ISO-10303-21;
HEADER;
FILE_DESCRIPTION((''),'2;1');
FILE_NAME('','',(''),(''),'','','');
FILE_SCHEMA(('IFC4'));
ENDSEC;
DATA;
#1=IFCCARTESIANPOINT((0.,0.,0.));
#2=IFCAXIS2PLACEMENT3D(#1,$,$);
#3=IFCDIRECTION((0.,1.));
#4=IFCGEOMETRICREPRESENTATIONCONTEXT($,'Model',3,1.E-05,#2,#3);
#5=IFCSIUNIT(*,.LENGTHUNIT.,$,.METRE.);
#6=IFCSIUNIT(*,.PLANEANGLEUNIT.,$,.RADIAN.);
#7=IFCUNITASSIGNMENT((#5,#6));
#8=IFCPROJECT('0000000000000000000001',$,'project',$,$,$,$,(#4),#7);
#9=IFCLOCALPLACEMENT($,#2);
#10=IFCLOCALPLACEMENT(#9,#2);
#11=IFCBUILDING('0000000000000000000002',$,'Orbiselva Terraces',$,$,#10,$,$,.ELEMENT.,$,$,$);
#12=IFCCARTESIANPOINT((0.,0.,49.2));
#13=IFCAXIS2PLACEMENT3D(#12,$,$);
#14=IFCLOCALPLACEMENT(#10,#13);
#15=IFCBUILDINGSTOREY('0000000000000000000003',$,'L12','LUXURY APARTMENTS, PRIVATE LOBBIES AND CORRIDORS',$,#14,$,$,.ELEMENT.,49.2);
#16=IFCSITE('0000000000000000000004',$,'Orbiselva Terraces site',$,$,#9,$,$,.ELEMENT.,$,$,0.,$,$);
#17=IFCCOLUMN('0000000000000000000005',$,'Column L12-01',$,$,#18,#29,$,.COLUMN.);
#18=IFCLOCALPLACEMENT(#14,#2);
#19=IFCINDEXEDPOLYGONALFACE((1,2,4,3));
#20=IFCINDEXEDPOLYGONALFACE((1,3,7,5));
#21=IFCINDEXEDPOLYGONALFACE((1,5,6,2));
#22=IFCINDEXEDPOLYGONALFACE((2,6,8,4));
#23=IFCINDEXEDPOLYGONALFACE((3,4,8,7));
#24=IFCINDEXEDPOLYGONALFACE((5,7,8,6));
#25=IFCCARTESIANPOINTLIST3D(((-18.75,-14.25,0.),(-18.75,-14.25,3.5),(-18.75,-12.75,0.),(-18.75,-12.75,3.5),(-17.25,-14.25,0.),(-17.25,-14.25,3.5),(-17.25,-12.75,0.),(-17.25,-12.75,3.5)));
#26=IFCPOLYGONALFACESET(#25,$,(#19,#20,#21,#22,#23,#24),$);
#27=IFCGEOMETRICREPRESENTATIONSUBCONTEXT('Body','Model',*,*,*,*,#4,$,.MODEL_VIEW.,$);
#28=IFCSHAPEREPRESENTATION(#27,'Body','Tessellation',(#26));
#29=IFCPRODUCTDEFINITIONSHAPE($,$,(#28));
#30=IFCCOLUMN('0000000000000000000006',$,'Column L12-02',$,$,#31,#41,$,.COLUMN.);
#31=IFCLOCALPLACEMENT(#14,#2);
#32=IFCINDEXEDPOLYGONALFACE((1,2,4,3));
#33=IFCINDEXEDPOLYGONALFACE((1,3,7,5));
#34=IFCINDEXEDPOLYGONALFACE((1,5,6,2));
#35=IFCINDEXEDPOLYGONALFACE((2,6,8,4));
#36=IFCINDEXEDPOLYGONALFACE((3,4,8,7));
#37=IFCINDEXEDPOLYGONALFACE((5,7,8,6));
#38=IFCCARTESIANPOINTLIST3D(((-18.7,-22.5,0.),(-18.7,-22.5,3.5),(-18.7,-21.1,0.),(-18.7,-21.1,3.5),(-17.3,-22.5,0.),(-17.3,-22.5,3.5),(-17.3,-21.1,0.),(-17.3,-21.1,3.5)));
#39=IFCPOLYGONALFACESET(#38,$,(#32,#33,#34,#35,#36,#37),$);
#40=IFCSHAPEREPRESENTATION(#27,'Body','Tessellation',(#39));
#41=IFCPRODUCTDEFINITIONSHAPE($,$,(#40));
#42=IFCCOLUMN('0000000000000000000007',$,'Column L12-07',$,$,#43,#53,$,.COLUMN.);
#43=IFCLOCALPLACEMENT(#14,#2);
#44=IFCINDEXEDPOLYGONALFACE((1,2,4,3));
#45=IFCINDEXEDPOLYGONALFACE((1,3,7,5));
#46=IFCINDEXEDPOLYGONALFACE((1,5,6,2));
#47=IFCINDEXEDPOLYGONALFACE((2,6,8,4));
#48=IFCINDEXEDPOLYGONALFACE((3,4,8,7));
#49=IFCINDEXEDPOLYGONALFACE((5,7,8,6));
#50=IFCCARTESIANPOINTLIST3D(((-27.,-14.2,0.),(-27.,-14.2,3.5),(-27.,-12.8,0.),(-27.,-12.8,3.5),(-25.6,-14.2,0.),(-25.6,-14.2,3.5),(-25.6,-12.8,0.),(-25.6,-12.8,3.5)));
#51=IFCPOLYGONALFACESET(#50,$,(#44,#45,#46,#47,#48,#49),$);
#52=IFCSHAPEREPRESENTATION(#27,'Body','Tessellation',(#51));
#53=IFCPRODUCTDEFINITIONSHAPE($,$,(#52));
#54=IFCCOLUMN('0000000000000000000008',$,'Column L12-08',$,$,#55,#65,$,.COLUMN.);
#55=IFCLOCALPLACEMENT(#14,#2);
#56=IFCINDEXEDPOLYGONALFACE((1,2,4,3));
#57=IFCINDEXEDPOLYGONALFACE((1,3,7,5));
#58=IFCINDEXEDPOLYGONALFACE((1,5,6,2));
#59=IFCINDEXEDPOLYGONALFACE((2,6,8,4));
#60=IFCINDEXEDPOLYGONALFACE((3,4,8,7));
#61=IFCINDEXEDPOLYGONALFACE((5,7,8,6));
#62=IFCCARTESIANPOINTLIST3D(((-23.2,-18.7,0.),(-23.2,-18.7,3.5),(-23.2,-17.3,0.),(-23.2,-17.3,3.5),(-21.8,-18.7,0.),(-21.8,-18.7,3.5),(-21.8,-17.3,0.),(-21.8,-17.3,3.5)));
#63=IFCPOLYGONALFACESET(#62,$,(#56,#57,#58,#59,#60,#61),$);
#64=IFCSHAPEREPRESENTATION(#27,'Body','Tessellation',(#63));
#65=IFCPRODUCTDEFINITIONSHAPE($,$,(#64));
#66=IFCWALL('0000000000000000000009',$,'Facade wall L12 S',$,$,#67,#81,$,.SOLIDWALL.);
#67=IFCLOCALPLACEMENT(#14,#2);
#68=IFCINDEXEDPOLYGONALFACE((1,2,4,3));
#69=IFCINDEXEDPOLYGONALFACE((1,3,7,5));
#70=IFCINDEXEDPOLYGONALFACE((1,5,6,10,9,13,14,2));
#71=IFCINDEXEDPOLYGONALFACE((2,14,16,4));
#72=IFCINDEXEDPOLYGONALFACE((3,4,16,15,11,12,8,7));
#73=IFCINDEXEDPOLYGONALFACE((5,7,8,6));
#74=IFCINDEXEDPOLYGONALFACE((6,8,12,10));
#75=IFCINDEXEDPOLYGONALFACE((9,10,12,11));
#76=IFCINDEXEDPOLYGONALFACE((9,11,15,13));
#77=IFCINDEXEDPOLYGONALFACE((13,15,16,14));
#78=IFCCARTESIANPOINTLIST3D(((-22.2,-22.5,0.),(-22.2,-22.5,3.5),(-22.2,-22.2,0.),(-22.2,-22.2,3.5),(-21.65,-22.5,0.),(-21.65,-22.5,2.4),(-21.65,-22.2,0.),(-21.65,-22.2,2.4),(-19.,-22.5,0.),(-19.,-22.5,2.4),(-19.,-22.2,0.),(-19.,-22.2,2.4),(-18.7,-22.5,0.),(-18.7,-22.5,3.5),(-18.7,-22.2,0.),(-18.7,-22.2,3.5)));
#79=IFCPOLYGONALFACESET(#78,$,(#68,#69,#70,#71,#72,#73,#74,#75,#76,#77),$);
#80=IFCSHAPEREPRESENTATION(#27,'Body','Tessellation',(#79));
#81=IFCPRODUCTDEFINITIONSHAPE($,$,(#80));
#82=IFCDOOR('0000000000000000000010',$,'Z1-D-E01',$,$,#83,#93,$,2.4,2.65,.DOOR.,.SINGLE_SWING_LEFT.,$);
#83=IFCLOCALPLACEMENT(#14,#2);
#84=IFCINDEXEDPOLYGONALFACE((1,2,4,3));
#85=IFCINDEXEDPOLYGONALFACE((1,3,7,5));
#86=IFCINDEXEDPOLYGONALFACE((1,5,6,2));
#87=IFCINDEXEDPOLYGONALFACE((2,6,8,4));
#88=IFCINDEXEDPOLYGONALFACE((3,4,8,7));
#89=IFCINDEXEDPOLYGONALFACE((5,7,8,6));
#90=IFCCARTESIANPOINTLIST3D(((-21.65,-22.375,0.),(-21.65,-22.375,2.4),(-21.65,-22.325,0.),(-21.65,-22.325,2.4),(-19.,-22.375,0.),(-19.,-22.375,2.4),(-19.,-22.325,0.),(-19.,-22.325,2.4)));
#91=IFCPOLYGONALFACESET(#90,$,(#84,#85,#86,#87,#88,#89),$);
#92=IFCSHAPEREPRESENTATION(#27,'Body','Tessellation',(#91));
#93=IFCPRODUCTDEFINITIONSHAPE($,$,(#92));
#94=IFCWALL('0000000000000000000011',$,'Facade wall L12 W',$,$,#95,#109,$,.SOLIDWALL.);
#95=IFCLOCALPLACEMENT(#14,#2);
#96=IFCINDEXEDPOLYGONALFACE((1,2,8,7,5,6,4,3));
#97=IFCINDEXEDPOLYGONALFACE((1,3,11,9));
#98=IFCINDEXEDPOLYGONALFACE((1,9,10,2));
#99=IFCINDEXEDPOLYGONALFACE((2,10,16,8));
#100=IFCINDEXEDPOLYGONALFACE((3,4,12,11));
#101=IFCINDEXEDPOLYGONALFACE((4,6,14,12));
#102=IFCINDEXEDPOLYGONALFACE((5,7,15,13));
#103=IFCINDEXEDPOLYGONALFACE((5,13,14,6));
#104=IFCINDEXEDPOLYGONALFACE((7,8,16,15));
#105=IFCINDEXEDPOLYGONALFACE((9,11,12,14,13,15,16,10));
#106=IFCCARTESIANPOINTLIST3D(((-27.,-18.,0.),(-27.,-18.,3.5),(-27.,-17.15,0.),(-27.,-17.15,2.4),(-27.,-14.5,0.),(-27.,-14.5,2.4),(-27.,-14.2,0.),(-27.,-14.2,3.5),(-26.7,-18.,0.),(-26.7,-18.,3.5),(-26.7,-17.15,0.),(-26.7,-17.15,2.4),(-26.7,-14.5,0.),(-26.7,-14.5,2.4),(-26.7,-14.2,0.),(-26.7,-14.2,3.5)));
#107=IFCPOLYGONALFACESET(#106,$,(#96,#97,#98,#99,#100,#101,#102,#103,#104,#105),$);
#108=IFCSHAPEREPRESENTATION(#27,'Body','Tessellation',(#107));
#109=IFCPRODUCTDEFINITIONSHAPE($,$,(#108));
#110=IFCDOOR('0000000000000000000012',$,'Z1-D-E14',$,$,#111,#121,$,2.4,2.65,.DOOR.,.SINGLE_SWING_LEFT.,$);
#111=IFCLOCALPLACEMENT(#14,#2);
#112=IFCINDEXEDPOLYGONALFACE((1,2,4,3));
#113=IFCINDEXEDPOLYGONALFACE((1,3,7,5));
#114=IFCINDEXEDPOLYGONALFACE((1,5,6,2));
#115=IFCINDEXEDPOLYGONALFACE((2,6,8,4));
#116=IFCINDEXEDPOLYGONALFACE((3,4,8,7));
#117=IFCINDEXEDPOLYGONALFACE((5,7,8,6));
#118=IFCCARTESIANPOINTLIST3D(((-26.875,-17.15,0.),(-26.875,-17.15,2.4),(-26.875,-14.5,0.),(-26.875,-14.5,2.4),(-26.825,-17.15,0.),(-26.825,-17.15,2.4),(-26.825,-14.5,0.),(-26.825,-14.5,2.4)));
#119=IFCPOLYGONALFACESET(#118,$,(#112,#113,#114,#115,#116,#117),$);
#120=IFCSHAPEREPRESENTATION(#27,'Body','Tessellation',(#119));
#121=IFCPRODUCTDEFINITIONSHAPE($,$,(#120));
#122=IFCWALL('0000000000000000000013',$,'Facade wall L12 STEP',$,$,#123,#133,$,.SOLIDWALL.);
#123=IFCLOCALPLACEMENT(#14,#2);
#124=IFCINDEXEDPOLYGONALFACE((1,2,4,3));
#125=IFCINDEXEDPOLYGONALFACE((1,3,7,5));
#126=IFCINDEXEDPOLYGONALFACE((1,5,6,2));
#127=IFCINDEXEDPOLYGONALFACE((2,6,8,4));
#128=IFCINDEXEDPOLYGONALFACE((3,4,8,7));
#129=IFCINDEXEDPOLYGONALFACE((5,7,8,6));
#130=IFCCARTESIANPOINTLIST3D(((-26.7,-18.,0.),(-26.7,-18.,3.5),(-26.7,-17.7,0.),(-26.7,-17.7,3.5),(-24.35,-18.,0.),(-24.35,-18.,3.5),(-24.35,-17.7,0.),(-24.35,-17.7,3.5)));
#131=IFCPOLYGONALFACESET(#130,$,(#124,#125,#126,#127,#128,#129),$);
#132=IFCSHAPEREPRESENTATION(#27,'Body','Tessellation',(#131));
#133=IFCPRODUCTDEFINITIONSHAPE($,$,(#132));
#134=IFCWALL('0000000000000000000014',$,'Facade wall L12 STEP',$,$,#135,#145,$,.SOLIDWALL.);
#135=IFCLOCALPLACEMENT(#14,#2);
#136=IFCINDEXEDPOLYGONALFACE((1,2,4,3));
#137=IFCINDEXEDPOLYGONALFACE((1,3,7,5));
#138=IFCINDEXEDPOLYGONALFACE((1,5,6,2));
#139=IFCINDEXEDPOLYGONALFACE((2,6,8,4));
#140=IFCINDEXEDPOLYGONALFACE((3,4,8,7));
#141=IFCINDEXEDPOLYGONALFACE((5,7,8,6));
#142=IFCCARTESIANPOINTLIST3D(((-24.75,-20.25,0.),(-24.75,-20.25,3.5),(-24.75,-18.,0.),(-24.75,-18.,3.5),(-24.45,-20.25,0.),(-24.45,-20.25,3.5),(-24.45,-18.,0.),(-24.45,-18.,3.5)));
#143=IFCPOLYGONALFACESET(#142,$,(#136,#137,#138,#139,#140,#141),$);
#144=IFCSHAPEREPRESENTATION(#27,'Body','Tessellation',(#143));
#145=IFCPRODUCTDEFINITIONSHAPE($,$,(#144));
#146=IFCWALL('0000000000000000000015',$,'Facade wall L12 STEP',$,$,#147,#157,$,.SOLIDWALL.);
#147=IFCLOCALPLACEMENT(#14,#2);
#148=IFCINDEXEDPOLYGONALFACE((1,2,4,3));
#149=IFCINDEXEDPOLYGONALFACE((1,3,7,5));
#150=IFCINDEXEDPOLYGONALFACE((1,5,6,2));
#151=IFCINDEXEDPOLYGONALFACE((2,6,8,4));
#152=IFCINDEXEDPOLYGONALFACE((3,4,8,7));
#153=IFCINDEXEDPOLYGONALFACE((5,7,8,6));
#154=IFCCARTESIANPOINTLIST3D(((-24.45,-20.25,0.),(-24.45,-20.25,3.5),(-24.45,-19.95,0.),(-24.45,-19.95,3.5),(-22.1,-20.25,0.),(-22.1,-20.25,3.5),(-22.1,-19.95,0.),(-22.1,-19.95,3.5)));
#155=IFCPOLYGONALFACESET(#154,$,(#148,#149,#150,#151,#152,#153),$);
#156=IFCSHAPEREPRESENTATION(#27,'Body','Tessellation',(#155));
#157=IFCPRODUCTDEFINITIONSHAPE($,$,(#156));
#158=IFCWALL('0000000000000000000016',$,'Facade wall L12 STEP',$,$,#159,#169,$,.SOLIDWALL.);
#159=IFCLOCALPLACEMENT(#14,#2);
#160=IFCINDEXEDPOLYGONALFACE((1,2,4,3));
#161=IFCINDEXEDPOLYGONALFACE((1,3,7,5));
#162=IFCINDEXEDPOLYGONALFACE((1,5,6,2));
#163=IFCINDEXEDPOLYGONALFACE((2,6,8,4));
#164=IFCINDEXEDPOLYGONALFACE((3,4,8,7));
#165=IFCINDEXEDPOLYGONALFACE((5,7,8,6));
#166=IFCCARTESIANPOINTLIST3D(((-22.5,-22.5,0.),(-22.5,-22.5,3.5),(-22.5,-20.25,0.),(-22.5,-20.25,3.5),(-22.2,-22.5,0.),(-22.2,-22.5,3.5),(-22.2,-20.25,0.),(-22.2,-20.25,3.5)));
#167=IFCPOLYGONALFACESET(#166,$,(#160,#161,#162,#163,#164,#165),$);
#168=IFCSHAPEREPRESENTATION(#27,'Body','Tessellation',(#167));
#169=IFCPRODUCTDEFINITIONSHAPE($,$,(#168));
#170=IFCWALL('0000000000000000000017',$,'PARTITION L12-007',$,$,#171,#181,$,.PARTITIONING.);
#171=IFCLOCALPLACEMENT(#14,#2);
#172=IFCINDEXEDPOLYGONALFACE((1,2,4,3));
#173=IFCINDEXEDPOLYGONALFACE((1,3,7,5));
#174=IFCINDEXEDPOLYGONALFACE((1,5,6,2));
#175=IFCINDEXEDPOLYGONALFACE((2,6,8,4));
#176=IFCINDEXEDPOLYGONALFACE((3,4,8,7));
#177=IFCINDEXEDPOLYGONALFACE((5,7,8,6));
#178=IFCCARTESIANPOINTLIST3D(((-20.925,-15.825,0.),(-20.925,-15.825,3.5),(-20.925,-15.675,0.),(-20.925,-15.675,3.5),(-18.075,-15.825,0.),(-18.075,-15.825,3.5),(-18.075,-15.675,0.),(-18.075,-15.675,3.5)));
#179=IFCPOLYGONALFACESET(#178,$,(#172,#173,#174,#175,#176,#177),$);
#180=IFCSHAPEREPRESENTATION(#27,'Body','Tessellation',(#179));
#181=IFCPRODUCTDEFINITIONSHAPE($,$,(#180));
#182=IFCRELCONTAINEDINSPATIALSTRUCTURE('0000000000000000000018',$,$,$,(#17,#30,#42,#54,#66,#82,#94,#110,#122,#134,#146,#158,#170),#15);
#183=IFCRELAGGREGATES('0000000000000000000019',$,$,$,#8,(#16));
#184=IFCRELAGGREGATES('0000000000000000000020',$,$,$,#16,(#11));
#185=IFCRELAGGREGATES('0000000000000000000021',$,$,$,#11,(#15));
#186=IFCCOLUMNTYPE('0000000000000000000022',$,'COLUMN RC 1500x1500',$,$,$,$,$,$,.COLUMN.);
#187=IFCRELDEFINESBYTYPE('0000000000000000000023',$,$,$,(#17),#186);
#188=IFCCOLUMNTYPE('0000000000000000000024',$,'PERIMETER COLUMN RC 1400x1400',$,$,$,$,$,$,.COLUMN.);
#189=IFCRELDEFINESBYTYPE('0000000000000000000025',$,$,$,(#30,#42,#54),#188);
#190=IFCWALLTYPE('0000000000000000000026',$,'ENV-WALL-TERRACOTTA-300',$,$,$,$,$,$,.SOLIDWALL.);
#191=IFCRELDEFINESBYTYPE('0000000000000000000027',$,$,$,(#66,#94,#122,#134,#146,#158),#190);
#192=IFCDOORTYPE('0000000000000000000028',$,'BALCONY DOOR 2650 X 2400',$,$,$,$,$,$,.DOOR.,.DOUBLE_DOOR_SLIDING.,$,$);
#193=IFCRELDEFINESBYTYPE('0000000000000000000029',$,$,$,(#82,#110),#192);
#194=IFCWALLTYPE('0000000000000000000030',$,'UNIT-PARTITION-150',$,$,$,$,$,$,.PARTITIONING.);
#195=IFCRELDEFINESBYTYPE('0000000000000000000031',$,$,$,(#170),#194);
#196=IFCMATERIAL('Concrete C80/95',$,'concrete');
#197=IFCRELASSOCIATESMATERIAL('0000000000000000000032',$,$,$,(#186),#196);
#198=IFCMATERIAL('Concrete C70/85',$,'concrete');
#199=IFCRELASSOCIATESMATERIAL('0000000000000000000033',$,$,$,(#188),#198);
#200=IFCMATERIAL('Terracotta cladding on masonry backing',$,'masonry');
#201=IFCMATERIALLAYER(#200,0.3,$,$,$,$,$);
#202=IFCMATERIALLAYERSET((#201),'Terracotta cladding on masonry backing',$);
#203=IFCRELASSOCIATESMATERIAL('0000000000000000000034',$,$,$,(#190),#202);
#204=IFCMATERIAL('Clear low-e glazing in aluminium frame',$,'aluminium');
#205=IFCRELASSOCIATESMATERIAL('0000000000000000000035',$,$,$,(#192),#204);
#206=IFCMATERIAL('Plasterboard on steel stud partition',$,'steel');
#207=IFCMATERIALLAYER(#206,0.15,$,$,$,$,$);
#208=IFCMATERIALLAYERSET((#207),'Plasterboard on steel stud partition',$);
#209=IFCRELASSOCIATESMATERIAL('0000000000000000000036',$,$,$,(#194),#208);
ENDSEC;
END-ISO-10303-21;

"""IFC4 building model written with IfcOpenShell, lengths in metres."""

from ifc_helpers import new_model, si_unit, direction, frame, frame_2d, origin, origin_2d, place, context, subcontext, project, spatial, rectangle, extrude, material, layer, layer_set, material_profile, profile_set, type_object, element, fill, save


model = new_model("IFC4")

# Units and contexts
model_context = context("Model", 3, precision=1e-05, world=origin(), true_north=direction((0.0, 1.0)))
body_context = subcontext(model_context, "Body", "Model", "MODEL_VIEW")
ifc_project = project(units=[si_unit("LENGTHUNIT", "METRE"), si_unit("PLANEANGLEUNIT", "RADIAN")], contexts=[model_context])

# Site, building, storey
site_placement = place(None, origin())
site = spatial("IfcSite", under=ifc_project, at=site_placement, Name="Orbiselva Terraces site", CompositionType="ELEMENT", RefElevation=0.0)
building_placement = place(site_placement, origin())
building = spatial("IfcBuilding", under=site, at=building_placement, Name="Orbiselva Terraces", CompositionType="ELEMENT")
storey_placement = place(building_placement, frame((0.0, 0.0, 49.2)))
storey = spatial("IfcBuildingStorey", under=building, at=storey_placement, Name="L12", Description="LUXURY APARTMENTS, PRIVATE LOBBIES AND CORRIDORS", CompositionType="ELEMENT", Elevation=49.2)

# Columns
ifc_material_1 = material(Name="Concrete C80/95", Category="concrete")
ifc_material_profile_1 = material_profile(ifc_material_1, rectangle(XDim=1.5, YDim=1.5, at=origin_2d()), Name="RC 1500x1500")
ifc_profile_set_1 = profile_set([ifc_material_profile_1], Name="Concrete C80/95")
column_type_1 = type_object("IfcColumnType", Name="COLUMN RC 1500x1500", PredefinedType="COLUMN", material=ifc_profile_set_1)
column_placement = place(storey_placement, frame((-18.0, -13.5, 0.0), z_axis=(0.0, 0.0, 1.0), x_axis=(1.0, 0.0, 0.0)))
element("IfcColumn", 1, at=column_placement, inside=storey, type_object=column_type_1, Name="Column L12-01", PredefinedType="COLUMN", context=body_context, shape_type="SweptSolid", body=[
    extrude(rectangle(XDim=1.5, YDim=1.5, at=origin_2d()), origin(), (0.0, 0.0, 1.0), 3.5),
])
ifc_material_2 = material(Name="Concrete C70/85", Category="concrete")
ifc_material_profile_2 = material_profile(ifc_material_2, rectangle(XDim=1.4, YDim=1.4, at=origin_2d()), Name="RC 1400x1400")
ifc_profile_set_2 = profile_set([ifc_material_profile_2], Name="Concrete C70/85")
column_type_2 = type_object("IfcColumnType", Name="PERIMETER COLUMN RC 1400x1400", PredefinedType="COLUMN", material=ifc_profile_set_2)
for number, where, z_axis, x_axis, name in (
    (2, (-18.0, -21.8, 0.0), (0.0, 0.0, 1.0), (1.0, 0.0, 0.0), "Column L12-02"),
    (3, (-26.3, -13.5, 0.0), (0.0, 0.0, 1.0), (1.0, 0.0, 0.0), "Column L12-07"),
    (4, (-22.5, -18.0, 0.0), (0.0, 0.0, 1.0), (1.0, 0.0, 0.0), "Column L12-08"),
):
    element("IfcColumn", number, at=place(storey_placement, frame(where, z_axis=z_axis, x_axis=x_axis)), inside=storey, type_object=column_type_2, Name=name, PredefinedType="COLUMN", context=body_context, shape_type="SweptSolid", body=[
        extrude(rectangle(XDim=1.4, YDim=1.4, at=origin_2d()), origin(), (0.0, 0.0, 1.0), 3.5),
    ])

# Walls, openings, doors
ifc_material_3 = material(Name="Terracotta cladding on masonry backing", Category="masonry")
ifc_layer_1 = layer(ifc_material_3, 0.3)
ifc_layer_set_1 = layer_set([ifc_layer_1], Name="Terracotta cladding on masonry backing")
wall_type_1 = type_object("IfcWallType", Name="ENV-WALL-TERRACOTTA-300", PredefinedType="SOLIDWALL", material=ifc_layer_set_1)
wall_1_placement = place(storey_placement, frame((-18.7, -22.35, 0.0), z_axis=(0.0, 0.0, 1.0), x_axis=(-1.0, 0.0, 0.0)))
wall_1 = element("IfcWall", 5, at=wall_1_placement, inside=storey, type_object=wall_type_1, Name="Facade wall L12 S", PredefinedType="SOLIDWALL", context=body_context, shape_type="SweptSolid", body=[
    extrude(rectangle(XDim=3.5, YDim=0.3, at=frame_2d((1.75, 0.0))), origin(), (0.0, 0.0, 1.0), 3.5),
])
opening_1_placement = place(wall_1_placement, frame((0.3, 0.0, 0.0)))
opening_1 = element("IfcOpeningElement", 6, at=opening_1_placement, cuts=wall_1, PredefinedType="OPENING", context=body_context, shape_type="SweptSolid", body=[
    extrude(rectangle(XDim=2.65, YDim=2.4, at=frame_2d((1.325, 1.2))), frame((0.0, 0.16, 0.0), z_axis=(0.0, -1.0, 0.0), x_axis=(1.0, 0.0, 0.0)), (0.0, 0.0, 1.0), 0.32),
])
ifc_material_4 = material(Name="Clear low-e glazing in aluminium frame", Category="aluminium")
door_type_1 = type_object("IfcDoorType", Name="BALCONY DOOR 2650 X 2400", OperationType="DOUBLE_DOOR_SLIDING", PredefinedType="DOOR", material=ifc_material_4)
door_1_placement = place(opening_1_placement, origin())
door_1 = element("IfcDoor", 7, at=door_1_placement, inside=storey, type_object=door_type_1, Name="Z1-D-E01", OperationType="SINGLE_SWING_LEFT", OverallHeight=2.4, OverallWidth=2.65, PredefinedType="DOOR", context=body_context, shape_type="SweptSolid", body=[
    extrude(rectangle(XDim=2.65, YDim=2.4, at=frame_2d((1.325, 1.2))), frame((0.0, 0.025, 0.0), z_axis=(0.0, -1.0, 0.0), x_axis=(1.0, 0.0, 0.0)), (0.0, 0.0, 1.0), 0.05),
])
fill(opening_1, door_1)
wall_2_placement = place(storey_placement, frame((-26.85, -18.0, 0.0), z_axis=(0.0, 0.0, 1.0), x_axis=(0.0, 1.0, 0.0)))
wall_2 = element("IfcWall", 8, at=wall_2_placement, inside=storey, type_object=wall_type_1, Name="Facade wall L12 W", PredefinedType="SOLIDWALL", context=body_context, shape_type="SweptSolid", body=[
    extrude(rectangle(XDim=3.8, YDim=0.3, at=frame_2d((1.9, 0.0))), origin(), (0.0, 0.0, 1.0), 3.5),
])
opening_2_placement = place(wall_2_placement, frame((0.85, 0.0, 0.0)))
opening_2 = element("IfcOpeningElement", 9, at=opening_2_placement, cuts=wall_2, PredefinedType="OPENING", context=body_context, shape_type="SweptSolid", body=[
    extrude(rectangle(XDim=2.65, YDim=2.4, at=frame_2d((1.325, 1.2))), frame((0.0, 0.16, 0.0), z_axis=(0.0, -1.0, 0.0), x_axis=(1.0, 0.0, 0.0)), (0.0, 0.0, 1.0), 0.32),
])
door_2_placement = place(opening_2_placement, origin())
door_2 = element("IfcDoor", 10, at=door_2_placement, inside=storey, type_object=door_type_1, Name="Z1-D-E14", OperationType="SINGLE_SWING_LEFT", OverallHeight=2.4, OverallWidth=2.65, PredefinedType="DOOR", context=body_context, shape_type="SweptSolid", body=[
    extrude(rectangle(XDim=2.65, YDim=2.4, at=frame_2d((1.325, 1.2))), frame((0.0, 0.025, 0.0), z_axis=(0.0, -1.0, 0.0), x_axis=(1.0, 0.0, 0.0)), (0.0, 0.0, 1.0), 0.05),
])
fill(opening_2, door_2)

# Walls
wall_3_placement = place(storey_placement, frame((-24.35, -17.85, 0.0), z_axis=(0.0, 0.0, 1.0), x_axis=(-1.0, 0.0, 0.0)))
element("IfcWall", 11, at=wall_3_placement, inside=storey, type_object=wall_type_1, Name="Facade wall L12 STEP", PredefinedType="SOLIDWALL", context=body_context, shape_type="SweptSolid", body=[
    extrude(rectangle(XDim=2.35, YDim=0.3, at=frame_2d((1.175, 0.0))), origin(), (0.0, 0.0, 1.0), 3.5),
])
wall_4_placement = place(storey_placement, frame((-24.6, -20.25, 0.0), z_axis=(0.0, 0.0, 1.0), x_axis=(0.0, 1.0, 0.0)))
element("IfcWall", 12, at=wall_4_placement, inside=storey, type_object=wall_type_1, Name="Facade wall L12 STEP", PredefinedType="SOLIDWALL", context=body_context, shape_type="SweptSolid", body=[
    extrude(rectangle(XDim=2.25, YDim=0.3, at=frame_2d((1.125, 0.0))), origin(), (0.0, 0.0, 1.0), 3.5),
])
wall_5_placement = place(storey_placement, frame((-22.1, -20.1, 0.0), z_axis=(0.0, 0.0, 1.0), x_axis=(-1.0, 0.0, 0.0)))
element("IfcWall", 13, at=wall_5_placement, inside=storey, type_object=wall_type_1, Name="Facade wall L12 STEP", PredefinedType="SOLIDWALL", context=body_context, shape_type="SweptSolid", body=[
    extrude(rectangle(XDim=2.35, YDim=0.3, at=frame_2d((1.175, 0.0))), origin(), (0.0, 0.0, 1.0), 3.5),
])
wall_6_placement = place(storey_placement, frame((-22.35, -22.5, 0.0), z_axis=(0.0, 0.0, 1.0), x_axis=(0.0, 1.0, 0.0)))
element("IfcWall", 14, at=wall_6_placement, inside=storey, type_object=wall_type_1, Name="Facade wall L12 STEP", PredefinedType="SOLIDWALL", context=body_context, shape_type="SweptSolid", body=[
    extrude(rectangle(XDim=2.25, YDim=0.3, at=frame_2d((1.125, 0.0))), origin(), (0.0, 0.0, 1.0), 3.5),
])
ifc_material_5 = material(Name="Plasterboard on steel stud partition", Category="steel")
ifc_layer_2 = layer(ifc_material_5, 0.15)
ifc_layer_set_2 = layer_set([ifc_layer_2], Name="Plasterboard on steel stud partition")
wall_type_2 = type_object("IfcWallType", Name="UNIT-PARTITION-150", PredefinedType="PARTITIONING", material=ifc_layer_set_2)
wall_7_placement = place(storey_placement, frame((-20.925, -15.75, 0.0), z_axis=(0.0, 0.0, 1.0), x_axis=(1.0, 0.0, 0.0)))
element("IfcWall", 15, at=wall_7_placement, inside=storey, type_object=wall_type_2, Name="PARTITION L12-007", PredefinedType="PARTITIONING", context=body_context, shape_type="SweptSolid", body=[
    extrude(rectangle(XDim=2.85, YDim=0.15, at=frame_2d((1.425, 0.0))), origin(), (0.0, 0.0, 1.0), 3.5),
])

save(model, "model.ifc")
